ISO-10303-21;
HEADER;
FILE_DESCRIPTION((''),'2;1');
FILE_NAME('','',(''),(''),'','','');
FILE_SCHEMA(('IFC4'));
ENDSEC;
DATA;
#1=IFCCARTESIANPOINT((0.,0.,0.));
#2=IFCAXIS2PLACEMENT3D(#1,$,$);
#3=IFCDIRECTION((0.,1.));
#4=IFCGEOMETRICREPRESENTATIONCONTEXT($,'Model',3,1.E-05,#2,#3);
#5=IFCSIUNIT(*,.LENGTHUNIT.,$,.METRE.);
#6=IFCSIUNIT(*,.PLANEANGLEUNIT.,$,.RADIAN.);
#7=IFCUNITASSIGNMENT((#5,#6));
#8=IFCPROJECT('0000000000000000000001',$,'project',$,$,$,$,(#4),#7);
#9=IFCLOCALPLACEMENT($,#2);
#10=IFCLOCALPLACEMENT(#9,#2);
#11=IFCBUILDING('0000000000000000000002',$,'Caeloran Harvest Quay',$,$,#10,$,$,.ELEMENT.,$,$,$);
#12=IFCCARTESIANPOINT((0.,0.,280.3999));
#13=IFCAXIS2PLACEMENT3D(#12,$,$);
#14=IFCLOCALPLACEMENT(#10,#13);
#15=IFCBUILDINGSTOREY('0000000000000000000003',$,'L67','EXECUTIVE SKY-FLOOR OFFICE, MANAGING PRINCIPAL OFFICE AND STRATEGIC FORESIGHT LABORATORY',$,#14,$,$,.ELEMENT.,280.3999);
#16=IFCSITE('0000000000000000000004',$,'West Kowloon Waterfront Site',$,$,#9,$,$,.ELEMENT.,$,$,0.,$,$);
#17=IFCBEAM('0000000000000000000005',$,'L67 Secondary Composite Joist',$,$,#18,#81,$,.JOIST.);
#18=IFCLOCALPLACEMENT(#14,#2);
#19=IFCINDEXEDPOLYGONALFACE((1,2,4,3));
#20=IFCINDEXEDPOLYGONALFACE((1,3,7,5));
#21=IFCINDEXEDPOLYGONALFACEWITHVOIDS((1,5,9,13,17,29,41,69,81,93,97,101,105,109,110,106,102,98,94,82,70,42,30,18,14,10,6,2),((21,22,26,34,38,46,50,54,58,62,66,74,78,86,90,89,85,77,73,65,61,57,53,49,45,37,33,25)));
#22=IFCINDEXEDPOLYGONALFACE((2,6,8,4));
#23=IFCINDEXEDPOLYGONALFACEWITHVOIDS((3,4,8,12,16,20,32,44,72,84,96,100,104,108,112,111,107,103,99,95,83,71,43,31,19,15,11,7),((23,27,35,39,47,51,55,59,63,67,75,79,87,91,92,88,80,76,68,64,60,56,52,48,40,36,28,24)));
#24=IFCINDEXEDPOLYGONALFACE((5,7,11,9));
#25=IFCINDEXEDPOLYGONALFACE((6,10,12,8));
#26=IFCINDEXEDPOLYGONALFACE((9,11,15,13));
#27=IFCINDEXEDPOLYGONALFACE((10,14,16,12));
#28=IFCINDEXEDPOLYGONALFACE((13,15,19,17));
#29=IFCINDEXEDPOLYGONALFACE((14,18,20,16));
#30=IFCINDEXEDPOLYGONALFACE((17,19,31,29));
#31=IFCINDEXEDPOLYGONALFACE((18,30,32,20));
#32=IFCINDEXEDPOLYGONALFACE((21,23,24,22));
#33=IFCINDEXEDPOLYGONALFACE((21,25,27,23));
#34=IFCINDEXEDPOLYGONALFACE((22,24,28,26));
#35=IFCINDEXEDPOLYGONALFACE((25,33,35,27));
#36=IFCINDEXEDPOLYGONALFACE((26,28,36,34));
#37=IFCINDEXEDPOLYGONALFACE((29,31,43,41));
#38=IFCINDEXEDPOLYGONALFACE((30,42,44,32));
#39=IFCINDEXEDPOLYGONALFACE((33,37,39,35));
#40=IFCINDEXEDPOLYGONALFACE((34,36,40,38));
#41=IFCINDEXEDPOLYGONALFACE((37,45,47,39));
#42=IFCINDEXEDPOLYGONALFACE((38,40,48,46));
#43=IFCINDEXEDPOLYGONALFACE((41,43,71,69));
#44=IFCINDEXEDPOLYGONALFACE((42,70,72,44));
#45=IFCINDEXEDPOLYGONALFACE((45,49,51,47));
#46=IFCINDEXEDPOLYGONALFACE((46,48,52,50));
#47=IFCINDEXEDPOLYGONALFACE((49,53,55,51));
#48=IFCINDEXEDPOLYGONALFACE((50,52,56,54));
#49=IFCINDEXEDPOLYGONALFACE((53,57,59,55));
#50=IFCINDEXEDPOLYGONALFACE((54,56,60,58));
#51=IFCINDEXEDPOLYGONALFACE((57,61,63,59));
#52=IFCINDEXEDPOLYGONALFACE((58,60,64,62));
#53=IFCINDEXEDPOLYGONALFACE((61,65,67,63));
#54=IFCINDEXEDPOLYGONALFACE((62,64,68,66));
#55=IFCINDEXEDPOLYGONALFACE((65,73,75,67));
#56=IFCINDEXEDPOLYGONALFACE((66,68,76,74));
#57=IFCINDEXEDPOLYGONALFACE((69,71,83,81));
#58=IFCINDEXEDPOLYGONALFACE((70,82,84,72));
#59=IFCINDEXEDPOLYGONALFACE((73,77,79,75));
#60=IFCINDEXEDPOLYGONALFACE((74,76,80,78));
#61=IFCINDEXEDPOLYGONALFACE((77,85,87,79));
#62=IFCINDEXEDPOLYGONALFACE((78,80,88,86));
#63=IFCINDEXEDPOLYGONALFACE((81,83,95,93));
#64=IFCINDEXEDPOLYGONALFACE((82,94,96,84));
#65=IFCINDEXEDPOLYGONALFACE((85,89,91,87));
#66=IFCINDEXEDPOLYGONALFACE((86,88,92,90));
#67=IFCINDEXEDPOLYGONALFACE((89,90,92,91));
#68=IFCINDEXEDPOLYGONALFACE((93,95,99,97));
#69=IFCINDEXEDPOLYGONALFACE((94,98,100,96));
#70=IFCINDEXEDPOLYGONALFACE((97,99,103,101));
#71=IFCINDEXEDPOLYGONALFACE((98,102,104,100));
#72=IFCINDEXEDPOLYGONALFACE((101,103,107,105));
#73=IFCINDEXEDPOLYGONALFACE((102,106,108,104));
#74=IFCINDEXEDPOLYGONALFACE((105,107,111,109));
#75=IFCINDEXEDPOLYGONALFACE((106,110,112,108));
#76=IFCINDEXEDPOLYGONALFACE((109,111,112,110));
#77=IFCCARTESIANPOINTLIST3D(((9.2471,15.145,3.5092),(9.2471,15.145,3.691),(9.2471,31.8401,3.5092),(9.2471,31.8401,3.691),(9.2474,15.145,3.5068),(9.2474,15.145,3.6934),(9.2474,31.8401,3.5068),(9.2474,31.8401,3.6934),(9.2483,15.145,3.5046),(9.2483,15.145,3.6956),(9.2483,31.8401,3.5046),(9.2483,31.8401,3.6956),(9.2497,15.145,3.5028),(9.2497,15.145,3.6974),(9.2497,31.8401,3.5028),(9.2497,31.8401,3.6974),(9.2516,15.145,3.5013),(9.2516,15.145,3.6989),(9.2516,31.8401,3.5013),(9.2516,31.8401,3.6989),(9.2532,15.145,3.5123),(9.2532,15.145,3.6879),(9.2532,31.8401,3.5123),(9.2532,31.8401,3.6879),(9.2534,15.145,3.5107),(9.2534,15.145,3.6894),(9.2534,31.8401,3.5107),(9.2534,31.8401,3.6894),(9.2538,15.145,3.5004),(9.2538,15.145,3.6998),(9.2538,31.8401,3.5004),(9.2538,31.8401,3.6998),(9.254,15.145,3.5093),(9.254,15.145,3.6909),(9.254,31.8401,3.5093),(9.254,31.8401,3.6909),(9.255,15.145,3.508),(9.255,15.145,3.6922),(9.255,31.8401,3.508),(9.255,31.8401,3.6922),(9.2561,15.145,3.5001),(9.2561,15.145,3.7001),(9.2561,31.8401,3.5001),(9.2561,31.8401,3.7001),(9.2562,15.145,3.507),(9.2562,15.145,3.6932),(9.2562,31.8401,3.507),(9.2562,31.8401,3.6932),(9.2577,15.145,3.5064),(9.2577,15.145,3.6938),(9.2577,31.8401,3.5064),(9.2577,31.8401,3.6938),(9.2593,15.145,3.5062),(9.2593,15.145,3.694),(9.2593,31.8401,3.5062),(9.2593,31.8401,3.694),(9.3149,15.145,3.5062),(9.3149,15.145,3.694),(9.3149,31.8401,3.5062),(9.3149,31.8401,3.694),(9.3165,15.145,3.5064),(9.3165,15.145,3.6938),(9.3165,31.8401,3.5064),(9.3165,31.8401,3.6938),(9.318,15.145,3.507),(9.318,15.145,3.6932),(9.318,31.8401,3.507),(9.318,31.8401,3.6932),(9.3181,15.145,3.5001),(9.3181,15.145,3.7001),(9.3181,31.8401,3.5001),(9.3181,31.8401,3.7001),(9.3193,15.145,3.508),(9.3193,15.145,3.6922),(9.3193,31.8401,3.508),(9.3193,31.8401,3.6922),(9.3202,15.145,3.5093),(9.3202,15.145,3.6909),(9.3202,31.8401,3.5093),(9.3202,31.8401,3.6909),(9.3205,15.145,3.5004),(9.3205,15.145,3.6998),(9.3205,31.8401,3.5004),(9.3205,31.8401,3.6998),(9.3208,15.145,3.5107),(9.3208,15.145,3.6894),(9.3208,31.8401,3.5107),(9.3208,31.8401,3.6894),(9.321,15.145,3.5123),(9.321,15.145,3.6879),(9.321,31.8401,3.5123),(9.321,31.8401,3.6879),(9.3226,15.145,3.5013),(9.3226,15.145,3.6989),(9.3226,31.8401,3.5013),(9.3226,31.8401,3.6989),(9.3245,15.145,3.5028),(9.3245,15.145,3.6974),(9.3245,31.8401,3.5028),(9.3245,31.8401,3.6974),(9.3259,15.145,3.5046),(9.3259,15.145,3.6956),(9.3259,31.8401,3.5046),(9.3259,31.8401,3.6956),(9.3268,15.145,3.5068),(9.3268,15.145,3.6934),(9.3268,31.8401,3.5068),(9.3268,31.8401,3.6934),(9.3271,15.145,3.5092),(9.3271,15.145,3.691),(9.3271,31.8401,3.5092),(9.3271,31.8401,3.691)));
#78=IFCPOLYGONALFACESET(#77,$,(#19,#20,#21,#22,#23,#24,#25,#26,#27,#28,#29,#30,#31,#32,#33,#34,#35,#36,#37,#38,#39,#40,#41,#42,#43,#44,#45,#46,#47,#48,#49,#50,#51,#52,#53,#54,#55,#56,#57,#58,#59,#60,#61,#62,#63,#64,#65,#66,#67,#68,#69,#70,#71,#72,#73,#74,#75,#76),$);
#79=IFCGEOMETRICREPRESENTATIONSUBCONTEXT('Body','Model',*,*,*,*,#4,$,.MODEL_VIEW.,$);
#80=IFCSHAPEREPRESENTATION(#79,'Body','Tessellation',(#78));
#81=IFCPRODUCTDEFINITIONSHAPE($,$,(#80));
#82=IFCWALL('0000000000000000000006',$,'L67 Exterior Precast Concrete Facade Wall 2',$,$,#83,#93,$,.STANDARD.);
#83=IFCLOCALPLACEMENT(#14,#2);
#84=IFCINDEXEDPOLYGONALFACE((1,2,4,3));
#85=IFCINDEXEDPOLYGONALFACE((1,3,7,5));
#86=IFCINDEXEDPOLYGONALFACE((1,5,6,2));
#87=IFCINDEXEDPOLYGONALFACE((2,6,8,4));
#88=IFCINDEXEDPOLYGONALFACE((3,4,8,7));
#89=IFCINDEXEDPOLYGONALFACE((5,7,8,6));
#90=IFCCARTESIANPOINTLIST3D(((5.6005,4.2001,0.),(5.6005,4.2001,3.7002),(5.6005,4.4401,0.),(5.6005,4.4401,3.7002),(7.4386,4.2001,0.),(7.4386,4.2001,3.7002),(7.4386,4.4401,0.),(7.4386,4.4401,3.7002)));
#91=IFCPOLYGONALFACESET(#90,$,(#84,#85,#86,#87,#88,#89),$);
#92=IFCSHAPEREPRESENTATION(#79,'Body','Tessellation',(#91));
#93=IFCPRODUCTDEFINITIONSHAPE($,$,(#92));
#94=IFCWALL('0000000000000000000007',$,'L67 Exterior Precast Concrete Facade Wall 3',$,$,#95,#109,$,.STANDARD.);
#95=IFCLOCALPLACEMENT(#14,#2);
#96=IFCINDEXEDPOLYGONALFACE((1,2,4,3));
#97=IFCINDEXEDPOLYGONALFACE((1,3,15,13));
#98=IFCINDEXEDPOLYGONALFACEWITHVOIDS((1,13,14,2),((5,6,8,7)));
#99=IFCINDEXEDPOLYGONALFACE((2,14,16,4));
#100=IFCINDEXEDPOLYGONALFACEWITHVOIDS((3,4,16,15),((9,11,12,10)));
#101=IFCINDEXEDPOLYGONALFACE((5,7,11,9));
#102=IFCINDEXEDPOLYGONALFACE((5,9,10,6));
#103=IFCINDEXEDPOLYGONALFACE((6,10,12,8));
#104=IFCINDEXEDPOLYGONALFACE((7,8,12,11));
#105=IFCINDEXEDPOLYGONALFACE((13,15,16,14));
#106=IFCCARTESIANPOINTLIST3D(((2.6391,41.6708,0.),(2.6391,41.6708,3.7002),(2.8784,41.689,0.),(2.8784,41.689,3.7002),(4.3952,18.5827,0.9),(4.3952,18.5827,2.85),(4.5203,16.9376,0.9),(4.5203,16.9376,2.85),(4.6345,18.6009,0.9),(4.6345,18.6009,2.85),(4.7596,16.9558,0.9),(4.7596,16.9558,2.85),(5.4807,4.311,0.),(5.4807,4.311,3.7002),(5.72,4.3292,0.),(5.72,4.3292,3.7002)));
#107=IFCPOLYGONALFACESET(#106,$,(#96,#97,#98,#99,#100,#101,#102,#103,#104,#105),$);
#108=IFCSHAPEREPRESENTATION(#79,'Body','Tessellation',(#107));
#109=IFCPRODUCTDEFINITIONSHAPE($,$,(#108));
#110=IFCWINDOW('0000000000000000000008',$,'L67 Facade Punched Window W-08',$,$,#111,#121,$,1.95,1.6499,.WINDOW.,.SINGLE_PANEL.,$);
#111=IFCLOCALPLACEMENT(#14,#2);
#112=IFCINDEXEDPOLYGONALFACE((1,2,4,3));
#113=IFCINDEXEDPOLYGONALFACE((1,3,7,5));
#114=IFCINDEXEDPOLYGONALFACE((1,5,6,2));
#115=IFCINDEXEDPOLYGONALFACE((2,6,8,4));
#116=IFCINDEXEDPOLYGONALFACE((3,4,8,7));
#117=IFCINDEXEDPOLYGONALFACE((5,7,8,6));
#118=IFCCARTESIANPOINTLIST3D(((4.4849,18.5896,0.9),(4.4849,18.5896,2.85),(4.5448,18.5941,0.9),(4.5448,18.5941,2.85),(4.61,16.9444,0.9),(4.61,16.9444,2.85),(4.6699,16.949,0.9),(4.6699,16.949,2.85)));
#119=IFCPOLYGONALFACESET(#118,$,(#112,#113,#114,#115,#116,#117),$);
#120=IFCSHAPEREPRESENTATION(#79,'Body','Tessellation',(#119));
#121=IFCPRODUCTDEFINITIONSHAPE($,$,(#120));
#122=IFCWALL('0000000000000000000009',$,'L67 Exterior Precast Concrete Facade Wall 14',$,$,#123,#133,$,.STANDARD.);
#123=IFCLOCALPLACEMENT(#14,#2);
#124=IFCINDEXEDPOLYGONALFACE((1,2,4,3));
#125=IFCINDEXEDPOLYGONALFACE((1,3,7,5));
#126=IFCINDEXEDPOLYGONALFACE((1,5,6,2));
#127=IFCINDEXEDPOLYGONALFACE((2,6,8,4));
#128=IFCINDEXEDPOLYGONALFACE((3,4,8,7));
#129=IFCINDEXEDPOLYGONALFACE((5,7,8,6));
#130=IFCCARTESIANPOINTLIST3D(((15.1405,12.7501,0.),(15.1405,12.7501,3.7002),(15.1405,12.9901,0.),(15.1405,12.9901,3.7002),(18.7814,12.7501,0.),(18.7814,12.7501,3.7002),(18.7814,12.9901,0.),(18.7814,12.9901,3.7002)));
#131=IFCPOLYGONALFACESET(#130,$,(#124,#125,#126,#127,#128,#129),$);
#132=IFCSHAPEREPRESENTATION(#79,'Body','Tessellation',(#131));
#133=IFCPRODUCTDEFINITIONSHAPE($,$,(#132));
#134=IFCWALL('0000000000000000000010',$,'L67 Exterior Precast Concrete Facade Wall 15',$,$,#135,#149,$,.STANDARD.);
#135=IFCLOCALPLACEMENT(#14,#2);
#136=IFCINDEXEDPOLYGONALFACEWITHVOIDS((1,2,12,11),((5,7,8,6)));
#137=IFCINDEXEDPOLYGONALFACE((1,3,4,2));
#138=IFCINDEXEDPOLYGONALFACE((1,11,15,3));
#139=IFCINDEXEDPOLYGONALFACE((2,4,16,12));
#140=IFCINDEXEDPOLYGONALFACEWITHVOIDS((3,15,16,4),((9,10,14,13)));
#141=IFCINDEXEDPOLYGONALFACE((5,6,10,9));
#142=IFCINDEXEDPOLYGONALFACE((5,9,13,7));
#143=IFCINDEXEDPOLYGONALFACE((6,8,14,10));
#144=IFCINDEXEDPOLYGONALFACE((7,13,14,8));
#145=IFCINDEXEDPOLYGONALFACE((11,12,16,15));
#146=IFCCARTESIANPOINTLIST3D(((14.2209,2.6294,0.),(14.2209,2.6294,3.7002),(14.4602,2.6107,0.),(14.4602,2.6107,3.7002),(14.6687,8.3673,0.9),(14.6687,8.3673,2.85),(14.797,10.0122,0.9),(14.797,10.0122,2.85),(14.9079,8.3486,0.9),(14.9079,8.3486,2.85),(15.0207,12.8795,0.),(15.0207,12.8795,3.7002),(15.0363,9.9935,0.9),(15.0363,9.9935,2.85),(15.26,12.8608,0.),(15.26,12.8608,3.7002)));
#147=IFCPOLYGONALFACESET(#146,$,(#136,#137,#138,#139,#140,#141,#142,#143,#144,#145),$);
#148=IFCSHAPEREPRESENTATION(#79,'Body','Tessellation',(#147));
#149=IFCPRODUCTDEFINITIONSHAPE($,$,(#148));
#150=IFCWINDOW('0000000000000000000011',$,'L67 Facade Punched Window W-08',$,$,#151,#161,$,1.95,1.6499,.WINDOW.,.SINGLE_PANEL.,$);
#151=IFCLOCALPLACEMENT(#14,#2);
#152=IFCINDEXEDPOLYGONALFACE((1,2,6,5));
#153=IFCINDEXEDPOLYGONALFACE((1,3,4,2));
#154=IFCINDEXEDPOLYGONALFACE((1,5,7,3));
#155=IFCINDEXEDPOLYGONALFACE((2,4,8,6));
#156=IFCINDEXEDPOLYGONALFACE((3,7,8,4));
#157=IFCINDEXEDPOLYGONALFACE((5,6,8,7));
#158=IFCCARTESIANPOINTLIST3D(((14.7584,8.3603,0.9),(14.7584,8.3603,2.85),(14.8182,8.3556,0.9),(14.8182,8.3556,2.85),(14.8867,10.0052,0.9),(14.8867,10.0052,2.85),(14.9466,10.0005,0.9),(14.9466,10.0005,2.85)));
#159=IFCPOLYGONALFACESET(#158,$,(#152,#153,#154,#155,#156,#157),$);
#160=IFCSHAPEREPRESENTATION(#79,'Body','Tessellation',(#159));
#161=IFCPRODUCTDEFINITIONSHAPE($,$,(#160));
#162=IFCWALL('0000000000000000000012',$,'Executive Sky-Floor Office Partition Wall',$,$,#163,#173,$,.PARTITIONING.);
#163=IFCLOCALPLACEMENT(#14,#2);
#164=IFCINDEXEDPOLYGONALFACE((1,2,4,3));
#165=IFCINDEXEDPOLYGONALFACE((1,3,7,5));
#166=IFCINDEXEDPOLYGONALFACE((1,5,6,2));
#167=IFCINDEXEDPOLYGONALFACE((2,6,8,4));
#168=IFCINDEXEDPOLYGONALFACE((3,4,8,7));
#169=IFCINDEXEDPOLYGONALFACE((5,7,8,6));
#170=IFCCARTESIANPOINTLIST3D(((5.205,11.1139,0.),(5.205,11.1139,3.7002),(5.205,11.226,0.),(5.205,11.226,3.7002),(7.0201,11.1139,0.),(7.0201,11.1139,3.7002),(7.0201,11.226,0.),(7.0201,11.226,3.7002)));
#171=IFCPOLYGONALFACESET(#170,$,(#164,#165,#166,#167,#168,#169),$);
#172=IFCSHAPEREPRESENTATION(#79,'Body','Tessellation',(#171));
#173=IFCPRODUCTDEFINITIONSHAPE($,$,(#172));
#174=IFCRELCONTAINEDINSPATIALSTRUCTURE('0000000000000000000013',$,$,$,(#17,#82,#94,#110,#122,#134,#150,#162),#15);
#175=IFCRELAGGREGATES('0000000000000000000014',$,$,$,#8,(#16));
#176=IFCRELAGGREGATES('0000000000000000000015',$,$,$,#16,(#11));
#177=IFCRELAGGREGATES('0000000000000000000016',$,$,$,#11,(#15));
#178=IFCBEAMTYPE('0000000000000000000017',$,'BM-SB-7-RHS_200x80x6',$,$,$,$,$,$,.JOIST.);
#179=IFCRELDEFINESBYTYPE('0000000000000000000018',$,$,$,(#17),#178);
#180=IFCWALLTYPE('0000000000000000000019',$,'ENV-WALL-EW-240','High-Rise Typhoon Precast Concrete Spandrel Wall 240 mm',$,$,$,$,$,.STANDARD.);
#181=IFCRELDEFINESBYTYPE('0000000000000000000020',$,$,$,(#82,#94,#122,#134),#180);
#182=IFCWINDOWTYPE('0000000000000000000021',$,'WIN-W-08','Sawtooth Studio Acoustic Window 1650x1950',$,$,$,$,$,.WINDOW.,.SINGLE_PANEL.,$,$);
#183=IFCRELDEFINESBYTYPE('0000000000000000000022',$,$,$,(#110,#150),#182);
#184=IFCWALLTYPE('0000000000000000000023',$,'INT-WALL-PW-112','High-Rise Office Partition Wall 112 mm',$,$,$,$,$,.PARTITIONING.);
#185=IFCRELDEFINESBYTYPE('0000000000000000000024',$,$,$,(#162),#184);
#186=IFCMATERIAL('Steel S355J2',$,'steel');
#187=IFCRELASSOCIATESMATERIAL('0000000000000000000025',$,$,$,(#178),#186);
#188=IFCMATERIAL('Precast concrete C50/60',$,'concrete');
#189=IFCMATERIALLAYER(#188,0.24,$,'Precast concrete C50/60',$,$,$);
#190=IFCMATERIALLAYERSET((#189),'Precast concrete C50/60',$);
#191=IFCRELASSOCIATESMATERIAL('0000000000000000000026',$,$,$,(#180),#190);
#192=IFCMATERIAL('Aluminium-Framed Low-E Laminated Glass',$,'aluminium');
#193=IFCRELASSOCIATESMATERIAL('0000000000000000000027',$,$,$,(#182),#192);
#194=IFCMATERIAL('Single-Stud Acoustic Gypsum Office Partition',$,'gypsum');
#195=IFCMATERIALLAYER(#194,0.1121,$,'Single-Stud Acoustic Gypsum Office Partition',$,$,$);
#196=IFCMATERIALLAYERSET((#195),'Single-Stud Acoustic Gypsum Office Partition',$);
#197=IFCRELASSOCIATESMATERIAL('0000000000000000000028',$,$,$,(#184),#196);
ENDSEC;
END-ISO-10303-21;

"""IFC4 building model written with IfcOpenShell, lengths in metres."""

from ifc_helpers import new_model, si_unit, direction, frame, frame_2d, origin, origin_2d, place, context, subcontext, project, spatial, rectangle, hollow_rectangle, extrude, material, layer, layer_set, material_profile, profile_set, type_object, element, fill, save


model = new_model("IFC4")

# Units and contexts
model_context = context("Model", 3, precision=1e-05, world=origin(), true_north=direction((0.0, 1.0)))
body_context = subcontext(model_context, "Body", "Model", "MODEL_VIEW")
ifc_project = project(units=[si_unit("LENGTHUNIT", "METRE"), si_unit("PLANEANGLEUNIT", "RADIAN")], contexts=[model_context])

# Site, building, storey
site_placement = place(None, origin())
site = spatial("IfcSite", under=ifc_project, at=site_placement, Name="West Kowloon Waterfront Site", CompositionType="ELEMENT", RefElevation=0.0)
building_placement = place(site_placement, origin())
building = spatial("IfcBuilding", under=site, at=building_placement, Name="Caeloran Harvest Quay", CompositionType="ELEMENT")
storey_placement = place(building_placement, frame((0.0, 0.0, 280.3999)))
storey = spatial("IfcBuildingStorey", under=building, at=storey_placement, Name="L67", Description="EXECUTIVE SKY-FLOOR OFFICE, MANAGING PRINCIPAL OFFICE AND STRATEGIC FORESIGHT LABORATORY", CompositionType="ELEMENT", Elevation=280.3999)

# Beam
ifc_material_1 = material(Name="Steel S355J2", Category="steel")
ifc_material_profile_1 = material_profile(ifc_material_1, hollow_rectangle(XDim=0.0801, YDim=0.2, WallThickness=0.0061, InnerFilletRadius=0.0061, OuterFilletRadius=0.009, at=origin_2d()), Name="RHS 200x80x6")
ifc_profile_set_1 = profile_set([ifc_material_profile_1], Name="Steel S355J2")
beam_type_1 = type_object("IfcBeamType", Name="BM-SB-7-RHS_200x80x6", PredefinedType="JOIST", material=ifc_profile_set_1)
for number, where, z_axis, x_axis, name in (
    (1, (9.2871, 15.145, 3.6001), (0.0, 1.0, 0.0), (-1.0, 0.0, 0.0), "L67 Secondary Composite Joist"),
):
    element("IfcBeam", number, at=place(storey_placement, frame(where, z_axis=z_axis, x_axis=x_axis)), inside=storey, type_object=beam_type_1, Name=name, PredefinedType="JOIST", context=body_context, shape_type="SweptSolid", body=[
        extrude(hollow_rectangle(XDim=0.0801, YDim=0.2, WallThickness=0.0061, InnerFilletRadius=0.0061, OuterFilletRadius=0.009, at=origin_2d()), origin(), (0.0, 0.0, 1.0), 16.6951),
    ])

# Wall
ifc_material_2 = material(Name="Precast concrete C50/60", Category="concrete")
ifc_layer_1 = layer(ifc_material_2, 0.24, Name="Precast concrete C50/60")
ifc_layer_set_1 = layer_set([ifc_layer_1], Name="Precast concrete C50/60")
wall_type_1 = type_object("IfcWallType", Name="ENV-WALL-EW-240", Description="High-Rise Typhoon Precast Concrete Spandrel Wall 240 mm", PredefinedType="STANDARD", material=ifc_layer_set_1)
wall_1_placement = place(storey_placement, frame((7.4385, 4.3201, 0.0), z_axis=(0.0, 0.0, 1.0), x_axis=(-1.0, 0.0, 0.0)))
element("IfcWall", 2, at=wall_1_placement, inside=storey, type_object=wall_type_1, Name="L67 Exterior Precast Concrete Facade Wall 2", PredefinedType="STANDARD", context=body_context, shape_type="SweptSolid", body=[
    extrude(rectangle(XDim=1.8381, YDim=0.24, at=frame_2d((0.9189, 0.0))), origin(), (0.0, 0.0, 1.0), 3.7002),
])

# Wall, opening, window
wall_2_placement = place(storey_placement, frame((5.6003, 4.3201, 0.0), z_axis=(0.0, 0.0, 1.0), x_axis=(-0.07584, 0.99712, 0.0)))
wall_2 = element("IfcWall", 3, at=wall_2_placement, inside=storey, type_object=wall_type_1, Name="L67 Exterior Precast Concrete Facade Wall 3", PredefinedType="STANDARD", context=body_context, shape_type="SweptSolid", body=[
    extrude(rectangle(XDim=37.4678, YDim=0.24, at=frame_2d((18.7339, 0.0))), origin(), (0.0, 0.0, 1.0), 3.7002),
])
opening_1_placement = place(wall_2_placement, frame((12.6631, 0.0, 0.8999)))
opening_1 = element("IfcOpeningElement", 4, at=opening_1_placement, cuts=wall_2, PredefinedType="OPENING", context=body_context, shape_type="SweptSolid", body=[
    extrude(rectangle(XDim=1.6499, YDim=1.95, at=frame_2d((0.825, 0.9751))), frame((0.0, 0.1299, 0.0), z_axis=(0.0, -1.0, 0.0), x_axis=(1.0, 0.0, 0.0)), (0.0, 0.0, 1.0), 0.26),
])
ifc_material_3 = material(Name="Aluminium-Framed Low-E Laminated Glass", Category="aluminium")
window_type = type_object("IfcWindowType", Name="WIN-W-08", Description="Sawtooth Studio Acoustic Window 1650x1950", PartitioningType="SINGLE_PANEL", PredefinedType="WINDOW", material=ifc_material_3)
window_1_placement = place(opening_1_placement, origin())
window_1 = element("IfcWindow", 5, at=window_1_placement, inside=storey, type_object=window_type, Name="L67 Facade Punched Window W-08", OverallHeight=1.95, OverallWidth=1.6499, PartitioningType="SINGLE_PANEL", PredefinedType="WINDOW", context=body_context, shape_type="SweptSolid", body=[
    extrude(rectangle(XDim=1.6499, YDim=1.95, at=frame_2d((0.825, 0.9751))), frame((0.0, 0.03, 0.0), z_axis=(0.0, -1.0, 0.0), x_axis=(1.0, 0.0, 0.0)), (0.0, 0.0, 1.0), 0.0601),
])
fill(opening_1, window_1)

# Wall
wall_3_placement = place(storey_placement, frame((18.7812, 12.8701, 0.0), z_axis=(0.0, 0.0, 1.0), x_axis=(-1.0, 0.0, 0.0)))
element("IfcWall", 6, at=wall_3_placement, inside=storey, type_object=wall_type_1, Name="L67 Exterior Precast Concrete Facade Wall 14", PredefinedType="STANDARD", context=body_context, shape_type="SweptSolid", body=[
    extrude(rectangle(XDim=3.6409, YDim=0.24, at=frame_2d((1.8203, 0.0))), origin(), (0.0, 0.0, 1.0), 3.7002),
])

# Wall, opening, window
wall_4_placement = place(storey_placement, frame((15.1404, 12.8701, 0.0), z_axis=(0.0, 0.0, 1.0), x_axis=(-0.077793, -0.99697, 0.0)))
wall_4 = element("IfcWall", 7, at=wall_4_placement, inside=storey, type_object=wall_type_1, Name="L67 Exterior Precast Concrete Facade Wall 15", PredefinedType="STANDARD", context=body_context, shape_type="SweptSolid", body=[
    extrude(rectangle(XDim=10.2812, YDim=0.24, at=frame_2d((5.1406, 0.0))), origin(), (0.0, 0.0, 1.0), 3.7002),
])
opening_2_placement = place(wall_4_placement, frame((2.876, 0.0, 0.8999)))
opening_2 = element("IfcOpeningElement", 8, at=opening_2_placement, cuts=wall_4, PredefinedType="OPENING", context=body_context, shape_type="SweptSolid", body=[
    extrude(rectangle(XDim=1.6499, YDim=1.95, at=frame_2d((0.825, 0.9751))), frame((0.0, 0.1299, 0.0), z_axis=(0.0, -1.0, 0.0), x_axis=(1.0, 0.0, 0.0)), (0.0, 0.0, 1.0), 0.26),
])
window_2_placement = place(opening_2_placement, origin())
window_2 = element("IfcWindow", 9, at=window_2_placement, inside=storey, type_object=window_type, Name="L67 Facade Punched Window W-08", OverallHeight=1.95, OverallWidth=1.6499, PartitioningType="SINGLE_PANEL", PredefinedType="WINDOW", context=body_context, shape_type="SweptSolid", body=[
    extrude(rectangle(XDim=1.6499, YDim=1.95, at=frame_2d((0.825, 0.9751))), frame((0.0, 0.03, 0.0), z_axis=(0.0, -1.0, 0.0), x_axis=(1.0, 0.0, 0.0)), (0.0, 0.0, 1.0), 0.0601),
])
fill(opening_2, window_2)

# Wall
ifc_material_4 = material(Name="Single-Stud Acoustic Gypsum Office Partition", Category="gypsum")
ifc_layer_2 = layer(ifc_material_4, 0.1121, Name="Single-Stud Acoustic Gypsum Office Partition")
ifc_layer_set_2 = layer_set([ifc_layer_2], Name="Single-Stud Acoustic Gypsum Office Partition")
wall_type_2 = type_object("IfcWallType", Name="INT-WALL-PW-112", Description="High-Rise Office Partition Wall 112 mm", PredefinedType="PARTITIONING", material=ifc_layer_set_2)
wall_5_placement = place(storey_placement, frame((5.2048, 11.1699, 0.0), z_axis=(0.0, 0.0, 1.0), x_axis=(1.0, 0.0, 0.0)))
element("IfcWall", 10, at=wall_5_placement, inside=storey, type_object=wall_type_2, Name="Executive Sky-Floor Office Partition Wall", PredefinedType="PARTITIONING", context=body_context, shape_type="SweptSolid", body=[
    extrude(rectangle(XDim=1.8152, YDim=0.1121, at=frame_2d((0.9077, 0.0))), origin(), (0.0, 0.0, 1.0), 3.7002),
])

save(model, "model.ifc")
